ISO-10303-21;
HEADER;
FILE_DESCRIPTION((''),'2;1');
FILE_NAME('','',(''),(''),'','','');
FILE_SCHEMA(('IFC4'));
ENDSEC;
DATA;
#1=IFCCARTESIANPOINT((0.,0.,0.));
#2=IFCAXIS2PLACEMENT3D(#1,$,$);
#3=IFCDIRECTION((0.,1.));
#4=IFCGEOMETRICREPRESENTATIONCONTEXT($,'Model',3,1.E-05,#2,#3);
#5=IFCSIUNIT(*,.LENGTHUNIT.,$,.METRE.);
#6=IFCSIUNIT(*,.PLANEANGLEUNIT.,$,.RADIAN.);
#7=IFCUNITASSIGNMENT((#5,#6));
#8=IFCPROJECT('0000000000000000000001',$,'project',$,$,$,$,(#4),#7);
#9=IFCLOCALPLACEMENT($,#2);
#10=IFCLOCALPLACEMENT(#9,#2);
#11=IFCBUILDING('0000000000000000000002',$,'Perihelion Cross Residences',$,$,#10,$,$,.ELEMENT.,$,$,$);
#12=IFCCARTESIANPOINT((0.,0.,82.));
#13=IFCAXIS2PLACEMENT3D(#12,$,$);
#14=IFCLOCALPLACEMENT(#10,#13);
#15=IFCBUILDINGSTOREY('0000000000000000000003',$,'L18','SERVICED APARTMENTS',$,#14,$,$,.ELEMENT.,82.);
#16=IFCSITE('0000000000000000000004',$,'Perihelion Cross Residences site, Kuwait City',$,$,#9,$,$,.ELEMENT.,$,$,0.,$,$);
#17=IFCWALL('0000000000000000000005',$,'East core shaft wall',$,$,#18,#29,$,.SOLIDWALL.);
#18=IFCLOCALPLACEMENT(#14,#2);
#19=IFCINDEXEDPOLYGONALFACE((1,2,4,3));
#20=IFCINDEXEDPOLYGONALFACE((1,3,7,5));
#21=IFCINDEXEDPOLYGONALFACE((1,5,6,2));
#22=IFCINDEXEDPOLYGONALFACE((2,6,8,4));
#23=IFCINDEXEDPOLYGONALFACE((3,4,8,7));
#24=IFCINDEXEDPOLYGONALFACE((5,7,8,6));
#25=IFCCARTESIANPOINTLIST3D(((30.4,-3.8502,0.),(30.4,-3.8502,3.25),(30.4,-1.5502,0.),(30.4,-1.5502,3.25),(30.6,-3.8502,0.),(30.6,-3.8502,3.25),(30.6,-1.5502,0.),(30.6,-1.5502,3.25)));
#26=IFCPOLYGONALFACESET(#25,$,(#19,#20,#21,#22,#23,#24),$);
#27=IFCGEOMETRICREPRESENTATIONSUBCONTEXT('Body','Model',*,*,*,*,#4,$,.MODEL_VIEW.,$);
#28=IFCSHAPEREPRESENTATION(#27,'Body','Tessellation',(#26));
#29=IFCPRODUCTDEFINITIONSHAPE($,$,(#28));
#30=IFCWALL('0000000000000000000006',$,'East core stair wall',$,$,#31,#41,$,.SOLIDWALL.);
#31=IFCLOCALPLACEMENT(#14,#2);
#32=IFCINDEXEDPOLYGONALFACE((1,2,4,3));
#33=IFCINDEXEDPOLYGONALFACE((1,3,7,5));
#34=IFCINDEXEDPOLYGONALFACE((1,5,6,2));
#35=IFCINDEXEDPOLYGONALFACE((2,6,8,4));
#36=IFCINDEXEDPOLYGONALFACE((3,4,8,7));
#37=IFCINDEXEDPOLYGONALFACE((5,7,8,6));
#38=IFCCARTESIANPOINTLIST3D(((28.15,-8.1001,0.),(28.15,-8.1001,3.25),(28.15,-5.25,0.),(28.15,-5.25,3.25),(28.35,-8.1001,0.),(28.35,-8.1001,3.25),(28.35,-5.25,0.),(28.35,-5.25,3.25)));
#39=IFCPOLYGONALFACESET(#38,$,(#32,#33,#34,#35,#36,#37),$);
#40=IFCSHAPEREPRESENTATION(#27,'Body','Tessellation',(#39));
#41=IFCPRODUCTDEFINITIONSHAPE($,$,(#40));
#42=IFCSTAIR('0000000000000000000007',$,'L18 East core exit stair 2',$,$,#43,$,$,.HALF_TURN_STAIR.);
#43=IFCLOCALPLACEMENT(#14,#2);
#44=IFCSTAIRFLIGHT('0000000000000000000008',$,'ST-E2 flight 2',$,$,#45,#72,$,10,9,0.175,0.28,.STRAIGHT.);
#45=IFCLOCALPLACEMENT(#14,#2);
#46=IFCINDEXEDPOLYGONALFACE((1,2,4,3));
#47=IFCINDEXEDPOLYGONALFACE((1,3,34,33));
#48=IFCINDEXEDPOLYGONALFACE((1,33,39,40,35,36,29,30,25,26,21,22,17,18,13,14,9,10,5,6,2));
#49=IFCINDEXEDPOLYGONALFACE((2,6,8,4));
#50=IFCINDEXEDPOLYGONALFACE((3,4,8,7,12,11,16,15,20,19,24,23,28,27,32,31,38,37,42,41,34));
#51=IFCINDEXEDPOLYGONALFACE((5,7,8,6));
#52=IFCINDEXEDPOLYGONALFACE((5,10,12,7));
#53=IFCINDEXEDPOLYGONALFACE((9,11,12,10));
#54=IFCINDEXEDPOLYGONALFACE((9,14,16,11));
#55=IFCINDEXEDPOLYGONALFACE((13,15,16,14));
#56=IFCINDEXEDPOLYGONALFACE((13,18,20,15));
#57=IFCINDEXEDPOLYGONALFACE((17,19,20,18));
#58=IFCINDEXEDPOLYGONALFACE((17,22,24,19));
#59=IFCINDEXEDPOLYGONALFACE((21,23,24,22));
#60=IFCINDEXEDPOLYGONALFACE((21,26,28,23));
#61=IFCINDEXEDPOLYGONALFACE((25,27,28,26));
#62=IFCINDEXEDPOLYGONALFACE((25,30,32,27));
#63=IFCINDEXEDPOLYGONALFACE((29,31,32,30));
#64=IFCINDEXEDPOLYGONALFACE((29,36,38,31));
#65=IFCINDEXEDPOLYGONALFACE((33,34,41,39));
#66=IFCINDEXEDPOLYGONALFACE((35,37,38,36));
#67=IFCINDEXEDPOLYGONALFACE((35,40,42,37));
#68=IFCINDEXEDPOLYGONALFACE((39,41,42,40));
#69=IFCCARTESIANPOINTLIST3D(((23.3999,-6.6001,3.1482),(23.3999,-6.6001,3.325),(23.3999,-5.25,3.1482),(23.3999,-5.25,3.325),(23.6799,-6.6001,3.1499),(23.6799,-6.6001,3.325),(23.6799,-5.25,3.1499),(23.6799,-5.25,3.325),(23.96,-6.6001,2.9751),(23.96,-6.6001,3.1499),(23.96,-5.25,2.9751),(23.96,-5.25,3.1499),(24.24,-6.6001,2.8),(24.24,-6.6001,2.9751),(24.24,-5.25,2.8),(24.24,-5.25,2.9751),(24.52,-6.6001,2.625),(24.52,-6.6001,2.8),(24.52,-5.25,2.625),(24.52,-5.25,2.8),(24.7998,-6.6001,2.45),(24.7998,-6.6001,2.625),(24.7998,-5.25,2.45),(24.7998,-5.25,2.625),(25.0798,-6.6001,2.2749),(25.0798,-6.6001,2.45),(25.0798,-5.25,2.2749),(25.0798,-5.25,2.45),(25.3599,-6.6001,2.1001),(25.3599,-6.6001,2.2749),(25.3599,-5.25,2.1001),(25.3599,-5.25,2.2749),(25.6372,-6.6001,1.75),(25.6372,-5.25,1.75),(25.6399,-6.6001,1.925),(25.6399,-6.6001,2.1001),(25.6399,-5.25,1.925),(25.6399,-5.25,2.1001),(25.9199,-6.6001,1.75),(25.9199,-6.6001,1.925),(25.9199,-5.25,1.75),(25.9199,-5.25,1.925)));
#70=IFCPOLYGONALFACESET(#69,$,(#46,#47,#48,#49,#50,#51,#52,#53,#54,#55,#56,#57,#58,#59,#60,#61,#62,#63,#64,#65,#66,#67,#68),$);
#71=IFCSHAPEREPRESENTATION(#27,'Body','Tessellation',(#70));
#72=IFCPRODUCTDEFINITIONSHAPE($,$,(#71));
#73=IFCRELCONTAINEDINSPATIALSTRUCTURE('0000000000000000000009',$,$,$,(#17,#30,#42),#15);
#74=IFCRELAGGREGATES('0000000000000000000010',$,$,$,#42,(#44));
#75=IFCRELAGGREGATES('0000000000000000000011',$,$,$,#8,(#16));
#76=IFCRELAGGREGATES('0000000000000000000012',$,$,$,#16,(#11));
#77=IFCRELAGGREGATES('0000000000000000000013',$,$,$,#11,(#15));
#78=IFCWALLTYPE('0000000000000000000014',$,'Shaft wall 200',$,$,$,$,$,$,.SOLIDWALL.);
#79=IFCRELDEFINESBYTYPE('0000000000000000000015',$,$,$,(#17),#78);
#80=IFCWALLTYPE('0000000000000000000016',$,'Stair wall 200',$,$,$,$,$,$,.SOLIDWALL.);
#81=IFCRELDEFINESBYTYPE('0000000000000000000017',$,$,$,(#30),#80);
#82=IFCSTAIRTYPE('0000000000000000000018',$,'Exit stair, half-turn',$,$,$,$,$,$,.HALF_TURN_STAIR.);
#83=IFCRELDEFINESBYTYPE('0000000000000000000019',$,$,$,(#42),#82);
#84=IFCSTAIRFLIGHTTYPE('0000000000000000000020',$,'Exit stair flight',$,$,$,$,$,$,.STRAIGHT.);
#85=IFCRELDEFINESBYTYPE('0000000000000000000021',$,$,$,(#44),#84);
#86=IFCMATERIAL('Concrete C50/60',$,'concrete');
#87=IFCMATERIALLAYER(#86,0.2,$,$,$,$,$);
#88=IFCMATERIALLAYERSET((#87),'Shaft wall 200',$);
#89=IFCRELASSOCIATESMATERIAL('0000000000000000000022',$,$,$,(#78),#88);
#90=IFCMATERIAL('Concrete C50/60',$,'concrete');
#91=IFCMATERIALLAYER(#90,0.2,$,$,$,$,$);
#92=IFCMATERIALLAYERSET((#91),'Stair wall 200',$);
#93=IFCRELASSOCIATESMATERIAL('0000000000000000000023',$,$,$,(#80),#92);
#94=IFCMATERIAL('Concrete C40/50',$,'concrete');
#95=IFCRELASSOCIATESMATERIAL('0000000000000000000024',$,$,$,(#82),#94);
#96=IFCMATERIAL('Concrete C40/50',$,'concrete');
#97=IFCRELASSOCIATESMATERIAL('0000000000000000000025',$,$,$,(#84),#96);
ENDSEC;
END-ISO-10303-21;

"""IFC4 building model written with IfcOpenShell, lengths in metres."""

from ifc_helpers import new_model, si_unit, direction, frame, frame_2d, origin, place, context, subcontext, project, spatial, polyline, rectangle, outline, extrude, material, layer, layer_set, type_object, element, aggregate, save


model = new_model("IFC4")

# Units and contexts
model_context = context("Model", 3, precision=1e-05, world=origin(), true_north=direction((0.0, 1.0)))
body_context = subcontext(model_context, "Body", "Model", "MODEL_VIEW")
ifc_project = project(units=[si_unit("LENGTHUNIT", "METRE"), si_unit("PLANEANGLEUNIT", "RADIAN")], contexts=[model_context])

# Site, building, storey
site_placement = place(None, origin())
site = spatial("IfcSite", under=ifc_project, at=site_placement, Name="Perihelion Cross Residences site, Kuwait City", CompositionType="ELEMENT", RefElevation=0.0)
building_placement = place(site_placement, origin())
building = spatial("IfcBuilding", under=site, at=building_placement, Name="Perihelion Cross Residences", CompositionType="ELEMENT")
storey_placement = place(building_placement, frame((0.0, 0.0, 82.0)))
storey = spatial("IfcBuildingStorey", under=building, at=storey_placement, Name="L18", Description="SERVICED APARTMENTS", CompositionType="ELEMENT", Elevation=82.0)

# Walls
ifc_material_1 = material(Name="Concrete C50/60", Category="concrete")
ifc_layer_1 = layer(ifc_material_1, 0.2)
ifc_layer_set_1 = layer_set([ifc_layer_1], Name="Shaft wall 200")
wall_type_1 = type_object("IfcWallType", Name="Shaft wall 200", PredefinedType="SOLIDWALL", material=ifc_layer_set_1)
wall_1_placement = place(storey_placement, frame((30.5, -3.8501, 0.0), z_axis=(0.0, 0.0, 1.0), x_axis=(0.0, 1.0, 0.0)))
element("IfcWall", 1, at=wall_1_placement, inside=storey, type_object=wall_type_1, Name="East core shaft wall", PredefinedType="SOLIDWALL", context=body_context, shape_type="SweptSolid", body=[
    extrude(rectangle(XDim=2.3, YDim=0.2, at=frame_2d((1.1499, 0.0))), origin(), (0.0, 0.0, 1.0), 3.25),
])
ifc_material_2 = material(Name="Concrete C50/60", Category="concrete")
ifc_layer_2 = layer(ifc_material_2, 0.2)
ifc_layer_set_2 = layer_set([ifc_layer_2], Name="Stair wall 200")
wall_type_2 = type_object("IfcWallType", Name="Stair wall 200", PredefinedType="SOLIDWALL", material=ifc_layer_set_2)
wall_2_placement = place(storey_placement, frame((28.25, -8.1001, 0.0), z_axis=(0.0, 0.0, 1.0), x_axis=(0.0, 1.0, 0.0)))
element("IfcWall", 2, at=wall_2_placement, inside=storey, type_object=wall_type_2, Name="East core stair wall", PredefinedType="SOLIDWALL", context=body_context, shape_type="SweptSolid", body=[
    extrude(rectangle(XDim=2.8501, YDim=0.2, at=frame_2d((1.425, 0.0))), origin(), (0.0, 0.0, 1.0), 3.25),
])

# Stair, stair flight
ifc_material_3 = material(Name="Concrete C40/50", Category="concrete")
stair_type = type_object("IfcStairType", Name="Exit stair, half-turn", PredefinedType="HALF_TURN_STAIR", material=ifc_material_3)
stair_placement = place(storey_placement, origin())
stair = element("IfcStair", 3, at=stair_placement, inside=storey, type_object=stair_type, Name="L18 East core exit stair 2", PredefinedType="HALF_TURN_STAIR")
ifc_material_4 = material(Name="Concrete C40/50", Category="concrete")
stair_flight_type = type_object("IfcStairFlightType", Name="Exit stair flight", PredefinedType="STRAIGHT", material=ifc_material_4)
stair_flight_placement = place(storey_placement, frame((25.9199, -5.925, 1.75), z_axis=(0.0, 0.0, 1.0), x_axis=(-1.0, 0.0, 0.0)))
stair_flight = element("IfcStairFlight", 4, at=stair_flight_placement, type_object=stair_flight_type, Name="ST-E2 flight 2", NumberOfRisers=10, NumberOfTreads=9, PredefinedType="STRAIGHT", RiserHeight=0.175, TreadLength=0.28, context=body_context, shape_type="SweptSolid", body=[
    extrude(outline(polyline([(0.0, 0.0), (0.0, 0.175), (0.28, 0.175), (0.28, 0.3501), (0.5601, 0.3501), (0.5601, 0.5249), (0.8401, 0.5249), (0.8401, 0.7), (1.1201, 0.7), (1.1201, 0.875), (1.3999, 0.875), (1.3999, 1.05), (1.6799, 1.05), (1.6799, 1.2251), (1.96, 1.2251), (1.96, 1.3999), (2.24, 1.3999), (2.24, 1.575), (2.52, 1.575), (2.52, 1.75), (2.52, 1.3982), (0.2827, 0.0), (0.0, 0.0)])), frame((0.0, 0.675, 0.0), z_axis=(0.0, -1.0, 0.0), x_axis=(1.0, 0.0, 0.0)), (0.0, 0.0, 1.0), 1.3501),
])
aggregate(stair, [stair_flight])

save(model, "model.ifc")
